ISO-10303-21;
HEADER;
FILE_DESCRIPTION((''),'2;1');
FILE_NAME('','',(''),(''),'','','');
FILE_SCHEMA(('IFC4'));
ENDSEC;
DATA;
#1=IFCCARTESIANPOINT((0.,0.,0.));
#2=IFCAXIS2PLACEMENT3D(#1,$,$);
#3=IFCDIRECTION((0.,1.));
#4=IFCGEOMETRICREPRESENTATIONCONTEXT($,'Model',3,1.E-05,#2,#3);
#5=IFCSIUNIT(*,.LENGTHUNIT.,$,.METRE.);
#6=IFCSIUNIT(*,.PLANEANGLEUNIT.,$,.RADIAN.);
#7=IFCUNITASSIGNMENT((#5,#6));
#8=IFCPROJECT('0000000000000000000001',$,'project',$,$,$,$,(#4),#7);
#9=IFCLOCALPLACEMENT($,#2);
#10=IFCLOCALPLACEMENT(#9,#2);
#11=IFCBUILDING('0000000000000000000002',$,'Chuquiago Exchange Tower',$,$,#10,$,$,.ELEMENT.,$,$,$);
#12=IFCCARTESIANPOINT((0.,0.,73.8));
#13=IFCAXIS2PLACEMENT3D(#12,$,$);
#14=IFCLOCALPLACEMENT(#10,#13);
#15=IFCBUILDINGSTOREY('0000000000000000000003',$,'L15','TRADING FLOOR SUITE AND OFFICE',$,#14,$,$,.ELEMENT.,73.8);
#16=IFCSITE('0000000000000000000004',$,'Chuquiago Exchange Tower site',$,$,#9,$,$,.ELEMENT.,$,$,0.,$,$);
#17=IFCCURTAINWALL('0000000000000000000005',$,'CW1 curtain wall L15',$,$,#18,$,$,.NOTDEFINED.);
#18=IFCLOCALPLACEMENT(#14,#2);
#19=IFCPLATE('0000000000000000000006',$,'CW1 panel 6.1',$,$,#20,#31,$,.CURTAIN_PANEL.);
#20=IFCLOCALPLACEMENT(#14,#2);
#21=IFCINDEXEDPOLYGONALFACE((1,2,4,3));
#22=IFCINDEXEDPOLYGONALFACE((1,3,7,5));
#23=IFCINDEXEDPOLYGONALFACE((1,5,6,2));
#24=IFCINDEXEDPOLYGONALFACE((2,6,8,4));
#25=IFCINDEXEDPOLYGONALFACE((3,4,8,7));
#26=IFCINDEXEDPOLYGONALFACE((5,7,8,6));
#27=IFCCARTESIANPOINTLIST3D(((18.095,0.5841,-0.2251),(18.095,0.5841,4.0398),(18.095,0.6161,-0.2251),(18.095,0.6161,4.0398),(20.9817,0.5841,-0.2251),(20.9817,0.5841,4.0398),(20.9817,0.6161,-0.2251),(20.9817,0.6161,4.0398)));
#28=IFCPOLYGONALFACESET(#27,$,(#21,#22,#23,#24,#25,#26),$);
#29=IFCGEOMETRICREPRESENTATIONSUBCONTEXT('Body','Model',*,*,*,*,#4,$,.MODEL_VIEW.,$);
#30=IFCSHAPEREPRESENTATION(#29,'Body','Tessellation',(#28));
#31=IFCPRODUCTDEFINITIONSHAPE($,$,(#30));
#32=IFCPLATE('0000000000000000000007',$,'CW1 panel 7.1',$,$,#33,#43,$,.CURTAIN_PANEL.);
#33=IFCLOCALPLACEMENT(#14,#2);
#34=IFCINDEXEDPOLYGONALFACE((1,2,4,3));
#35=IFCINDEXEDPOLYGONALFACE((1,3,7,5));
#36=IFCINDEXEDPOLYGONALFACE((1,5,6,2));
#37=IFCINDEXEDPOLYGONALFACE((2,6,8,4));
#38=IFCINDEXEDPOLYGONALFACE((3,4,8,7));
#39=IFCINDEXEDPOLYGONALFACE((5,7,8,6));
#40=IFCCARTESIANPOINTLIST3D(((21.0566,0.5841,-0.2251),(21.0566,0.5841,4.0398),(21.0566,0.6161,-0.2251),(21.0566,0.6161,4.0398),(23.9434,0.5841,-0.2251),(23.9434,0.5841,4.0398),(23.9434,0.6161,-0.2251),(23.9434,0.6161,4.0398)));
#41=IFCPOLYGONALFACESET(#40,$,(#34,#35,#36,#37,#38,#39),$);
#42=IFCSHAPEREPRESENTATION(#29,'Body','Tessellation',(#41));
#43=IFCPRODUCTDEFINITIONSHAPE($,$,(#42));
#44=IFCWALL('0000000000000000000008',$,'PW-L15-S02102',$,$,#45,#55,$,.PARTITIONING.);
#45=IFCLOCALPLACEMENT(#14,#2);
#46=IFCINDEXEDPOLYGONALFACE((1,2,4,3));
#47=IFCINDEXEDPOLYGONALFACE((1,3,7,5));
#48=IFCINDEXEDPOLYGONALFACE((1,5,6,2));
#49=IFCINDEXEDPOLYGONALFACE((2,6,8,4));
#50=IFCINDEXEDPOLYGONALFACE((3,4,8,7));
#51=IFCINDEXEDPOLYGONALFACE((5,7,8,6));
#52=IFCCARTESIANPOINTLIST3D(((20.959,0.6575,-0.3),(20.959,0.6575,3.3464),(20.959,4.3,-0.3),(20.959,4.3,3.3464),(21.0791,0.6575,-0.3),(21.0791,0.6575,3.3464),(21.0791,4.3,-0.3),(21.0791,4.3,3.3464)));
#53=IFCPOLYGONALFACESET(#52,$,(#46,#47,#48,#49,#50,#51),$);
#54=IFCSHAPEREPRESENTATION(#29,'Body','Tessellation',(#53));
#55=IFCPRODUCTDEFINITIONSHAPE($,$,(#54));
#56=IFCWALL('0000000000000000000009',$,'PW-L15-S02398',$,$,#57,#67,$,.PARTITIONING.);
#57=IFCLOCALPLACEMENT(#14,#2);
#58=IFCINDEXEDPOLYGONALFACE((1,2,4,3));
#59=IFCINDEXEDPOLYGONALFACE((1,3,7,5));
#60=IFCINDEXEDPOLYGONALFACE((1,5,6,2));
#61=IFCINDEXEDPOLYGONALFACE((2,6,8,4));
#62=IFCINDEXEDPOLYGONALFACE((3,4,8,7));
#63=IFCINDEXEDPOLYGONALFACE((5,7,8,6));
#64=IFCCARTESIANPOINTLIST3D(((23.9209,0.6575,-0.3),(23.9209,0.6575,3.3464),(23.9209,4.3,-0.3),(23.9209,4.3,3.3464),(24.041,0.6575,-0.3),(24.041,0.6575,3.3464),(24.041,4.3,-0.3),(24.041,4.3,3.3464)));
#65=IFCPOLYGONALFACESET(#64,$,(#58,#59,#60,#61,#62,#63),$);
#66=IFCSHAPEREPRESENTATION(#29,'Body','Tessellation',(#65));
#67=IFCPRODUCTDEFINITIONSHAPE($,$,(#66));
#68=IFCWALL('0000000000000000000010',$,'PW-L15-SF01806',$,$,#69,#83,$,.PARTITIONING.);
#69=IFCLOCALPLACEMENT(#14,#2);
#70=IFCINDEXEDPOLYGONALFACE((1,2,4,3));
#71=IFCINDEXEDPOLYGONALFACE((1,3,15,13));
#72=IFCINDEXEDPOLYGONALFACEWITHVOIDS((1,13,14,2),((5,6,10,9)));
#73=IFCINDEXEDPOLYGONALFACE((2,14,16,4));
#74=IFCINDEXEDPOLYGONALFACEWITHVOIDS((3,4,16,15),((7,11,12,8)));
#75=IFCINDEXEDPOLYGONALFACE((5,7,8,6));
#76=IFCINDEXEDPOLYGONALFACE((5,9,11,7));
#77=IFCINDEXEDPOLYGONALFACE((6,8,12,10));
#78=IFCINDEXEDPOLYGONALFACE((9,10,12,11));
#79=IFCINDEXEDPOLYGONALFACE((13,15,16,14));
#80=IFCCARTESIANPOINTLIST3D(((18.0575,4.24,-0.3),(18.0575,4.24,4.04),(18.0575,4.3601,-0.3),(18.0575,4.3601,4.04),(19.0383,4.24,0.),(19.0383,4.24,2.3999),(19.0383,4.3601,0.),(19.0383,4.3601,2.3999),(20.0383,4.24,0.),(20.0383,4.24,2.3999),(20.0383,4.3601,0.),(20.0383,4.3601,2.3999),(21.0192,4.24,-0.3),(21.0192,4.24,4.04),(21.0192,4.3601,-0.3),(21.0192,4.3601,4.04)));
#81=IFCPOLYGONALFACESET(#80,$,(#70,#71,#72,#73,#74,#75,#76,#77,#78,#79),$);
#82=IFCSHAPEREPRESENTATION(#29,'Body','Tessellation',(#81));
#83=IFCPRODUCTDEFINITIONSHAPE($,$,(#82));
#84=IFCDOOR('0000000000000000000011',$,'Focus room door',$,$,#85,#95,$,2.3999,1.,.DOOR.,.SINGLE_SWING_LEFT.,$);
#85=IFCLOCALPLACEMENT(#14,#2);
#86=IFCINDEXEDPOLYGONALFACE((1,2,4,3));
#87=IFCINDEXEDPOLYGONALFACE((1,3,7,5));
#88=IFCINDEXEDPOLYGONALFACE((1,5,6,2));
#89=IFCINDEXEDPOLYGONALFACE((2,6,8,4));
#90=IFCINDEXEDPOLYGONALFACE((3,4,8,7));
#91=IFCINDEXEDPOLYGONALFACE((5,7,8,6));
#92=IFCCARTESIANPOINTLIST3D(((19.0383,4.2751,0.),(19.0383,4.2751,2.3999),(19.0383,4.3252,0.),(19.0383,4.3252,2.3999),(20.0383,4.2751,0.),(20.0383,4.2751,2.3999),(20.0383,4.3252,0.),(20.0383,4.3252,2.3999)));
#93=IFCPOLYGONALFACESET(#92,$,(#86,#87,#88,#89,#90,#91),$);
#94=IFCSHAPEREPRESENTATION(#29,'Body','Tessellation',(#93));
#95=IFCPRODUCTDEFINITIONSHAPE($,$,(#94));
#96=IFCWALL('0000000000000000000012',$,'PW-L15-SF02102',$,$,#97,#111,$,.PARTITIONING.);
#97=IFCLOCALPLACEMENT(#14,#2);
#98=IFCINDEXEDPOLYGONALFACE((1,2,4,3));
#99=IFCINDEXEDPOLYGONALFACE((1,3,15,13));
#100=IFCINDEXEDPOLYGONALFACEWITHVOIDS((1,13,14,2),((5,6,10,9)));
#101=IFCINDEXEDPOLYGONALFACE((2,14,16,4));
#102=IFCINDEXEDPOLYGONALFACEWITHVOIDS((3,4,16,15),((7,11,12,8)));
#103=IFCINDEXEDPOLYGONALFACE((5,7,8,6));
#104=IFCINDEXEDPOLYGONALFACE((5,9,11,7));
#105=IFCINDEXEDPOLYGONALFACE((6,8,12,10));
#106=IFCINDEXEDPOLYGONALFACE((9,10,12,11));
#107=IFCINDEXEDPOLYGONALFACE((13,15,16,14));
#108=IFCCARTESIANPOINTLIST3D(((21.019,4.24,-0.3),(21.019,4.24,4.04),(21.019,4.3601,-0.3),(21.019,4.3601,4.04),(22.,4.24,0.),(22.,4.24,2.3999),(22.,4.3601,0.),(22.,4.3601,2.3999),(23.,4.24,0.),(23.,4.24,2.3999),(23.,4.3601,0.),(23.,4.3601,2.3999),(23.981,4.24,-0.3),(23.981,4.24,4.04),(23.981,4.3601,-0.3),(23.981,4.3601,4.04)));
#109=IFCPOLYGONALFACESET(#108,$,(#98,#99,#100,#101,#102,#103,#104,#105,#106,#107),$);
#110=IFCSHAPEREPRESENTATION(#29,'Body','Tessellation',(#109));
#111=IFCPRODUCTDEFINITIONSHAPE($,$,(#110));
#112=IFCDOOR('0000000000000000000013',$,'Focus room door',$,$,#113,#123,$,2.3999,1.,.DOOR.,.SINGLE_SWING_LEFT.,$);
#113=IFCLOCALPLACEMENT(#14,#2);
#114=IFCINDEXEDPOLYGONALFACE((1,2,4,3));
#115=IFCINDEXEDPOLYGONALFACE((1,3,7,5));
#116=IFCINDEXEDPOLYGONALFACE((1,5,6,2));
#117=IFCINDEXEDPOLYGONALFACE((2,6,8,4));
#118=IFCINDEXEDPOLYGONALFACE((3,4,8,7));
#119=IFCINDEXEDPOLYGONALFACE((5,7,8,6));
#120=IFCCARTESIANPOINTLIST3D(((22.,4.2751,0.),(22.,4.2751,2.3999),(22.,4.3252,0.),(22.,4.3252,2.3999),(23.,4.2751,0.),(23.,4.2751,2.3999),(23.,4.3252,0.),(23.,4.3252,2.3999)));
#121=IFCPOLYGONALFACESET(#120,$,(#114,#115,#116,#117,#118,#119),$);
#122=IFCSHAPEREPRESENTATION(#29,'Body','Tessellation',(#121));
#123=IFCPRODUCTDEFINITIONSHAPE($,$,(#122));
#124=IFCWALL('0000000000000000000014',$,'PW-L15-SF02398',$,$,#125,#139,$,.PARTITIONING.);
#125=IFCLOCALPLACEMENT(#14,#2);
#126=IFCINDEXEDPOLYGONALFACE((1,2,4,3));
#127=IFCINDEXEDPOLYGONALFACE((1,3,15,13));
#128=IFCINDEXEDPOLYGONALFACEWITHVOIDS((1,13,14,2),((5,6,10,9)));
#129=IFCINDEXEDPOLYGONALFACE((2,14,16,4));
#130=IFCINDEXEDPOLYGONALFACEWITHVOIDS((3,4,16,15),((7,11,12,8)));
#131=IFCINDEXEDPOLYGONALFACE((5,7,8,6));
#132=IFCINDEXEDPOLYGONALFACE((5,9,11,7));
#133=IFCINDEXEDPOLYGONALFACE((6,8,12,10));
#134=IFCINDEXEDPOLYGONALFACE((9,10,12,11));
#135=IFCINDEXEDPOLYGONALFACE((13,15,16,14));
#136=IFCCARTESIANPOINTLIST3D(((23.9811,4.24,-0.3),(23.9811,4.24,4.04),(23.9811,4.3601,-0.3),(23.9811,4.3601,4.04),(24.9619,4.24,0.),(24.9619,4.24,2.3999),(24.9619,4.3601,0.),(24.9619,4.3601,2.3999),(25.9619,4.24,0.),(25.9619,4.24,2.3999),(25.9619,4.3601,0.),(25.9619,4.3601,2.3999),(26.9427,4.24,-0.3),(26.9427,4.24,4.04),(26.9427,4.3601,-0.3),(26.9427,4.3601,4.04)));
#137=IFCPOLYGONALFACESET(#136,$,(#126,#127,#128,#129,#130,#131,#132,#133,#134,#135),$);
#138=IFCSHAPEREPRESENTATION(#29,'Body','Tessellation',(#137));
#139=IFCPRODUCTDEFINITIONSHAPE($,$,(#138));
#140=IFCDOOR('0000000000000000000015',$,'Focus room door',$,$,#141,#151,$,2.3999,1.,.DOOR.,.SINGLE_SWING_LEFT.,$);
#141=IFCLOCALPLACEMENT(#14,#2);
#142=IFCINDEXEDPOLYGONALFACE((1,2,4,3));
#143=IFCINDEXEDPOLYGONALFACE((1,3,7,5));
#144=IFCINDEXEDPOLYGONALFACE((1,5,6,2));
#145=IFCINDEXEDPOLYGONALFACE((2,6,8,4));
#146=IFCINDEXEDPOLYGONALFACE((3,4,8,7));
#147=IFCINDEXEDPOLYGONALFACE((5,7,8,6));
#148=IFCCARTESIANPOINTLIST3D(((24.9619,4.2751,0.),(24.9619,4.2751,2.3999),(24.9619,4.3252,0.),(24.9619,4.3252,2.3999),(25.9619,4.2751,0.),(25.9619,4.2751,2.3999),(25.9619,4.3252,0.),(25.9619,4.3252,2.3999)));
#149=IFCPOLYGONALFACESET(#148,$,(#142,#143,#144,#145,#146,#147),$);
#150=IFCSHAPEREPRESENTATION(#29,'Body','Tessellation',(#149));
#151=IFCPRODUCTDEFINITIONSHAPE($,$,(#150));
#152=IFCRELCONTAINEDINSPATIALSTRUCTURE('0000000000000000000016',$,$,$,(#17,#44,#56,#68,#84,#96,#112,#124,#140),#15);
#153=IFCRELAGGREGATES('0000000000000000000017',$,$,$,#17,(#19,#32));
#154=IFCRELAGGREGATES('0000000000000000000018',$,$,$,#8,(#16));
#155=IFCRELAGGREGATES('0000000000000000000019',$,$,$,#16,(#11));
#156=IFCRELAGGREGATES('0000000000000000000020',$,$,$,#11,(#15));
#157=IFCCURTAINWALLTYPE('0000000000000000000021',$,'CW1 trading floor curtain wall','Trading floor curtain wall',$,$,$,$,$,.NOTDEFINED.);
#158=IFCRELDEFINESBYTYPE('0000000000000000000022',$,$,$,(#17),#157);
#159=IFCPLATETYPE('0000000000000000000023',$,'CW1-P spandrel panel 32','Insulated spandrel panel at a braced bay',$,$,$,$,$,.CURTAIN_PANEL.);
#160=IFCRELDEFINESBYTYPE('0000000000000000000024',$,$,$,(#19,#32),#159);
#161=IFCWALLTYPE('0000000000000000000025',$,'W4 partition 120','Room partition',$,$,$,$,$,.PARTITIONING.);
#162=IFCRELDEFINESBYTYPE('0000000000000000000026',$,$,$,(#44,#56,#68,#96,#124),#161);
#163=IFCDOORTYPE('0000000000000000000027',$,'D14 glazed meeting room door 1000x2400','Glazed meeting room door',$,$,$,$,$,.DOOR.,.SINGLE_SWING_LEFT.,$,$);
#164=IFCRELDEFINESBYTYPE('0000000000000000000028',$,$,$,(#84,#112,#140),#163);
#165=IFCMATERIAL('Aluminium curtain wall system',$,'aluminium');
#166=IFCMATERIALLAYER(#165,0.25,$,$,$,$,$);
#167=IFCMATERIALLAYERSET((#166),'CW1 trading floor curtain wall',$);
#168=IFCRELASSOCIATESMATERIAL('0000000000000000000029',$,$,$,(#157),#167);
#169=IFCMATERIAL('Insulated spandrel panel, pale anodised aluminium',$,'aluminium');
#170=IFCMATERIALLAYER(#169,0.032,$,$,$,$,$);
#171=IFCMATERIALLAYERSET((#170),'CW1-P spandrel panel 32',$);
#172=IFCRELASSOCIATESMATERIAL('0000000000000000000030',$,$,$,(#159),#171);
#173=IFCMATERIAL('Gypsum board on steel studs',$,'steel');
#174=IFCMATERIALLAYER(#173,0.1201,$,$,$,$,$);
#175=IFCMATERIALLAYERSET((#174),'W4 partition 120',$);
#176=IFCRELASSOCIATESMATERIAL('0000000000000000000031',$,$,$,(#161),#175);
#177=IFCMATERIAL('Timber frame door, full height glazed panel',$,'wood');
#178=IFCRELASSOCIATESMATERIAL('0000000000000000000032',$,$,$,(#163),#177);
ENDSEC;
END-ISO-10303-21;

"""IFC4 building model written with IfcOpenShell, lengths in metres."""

from ifc_helpers import new_model, si_unit, direction, frame, frame_2d, origin, origin_2d, place, context, subcontext, project, spatial, rectangle, extrude, material, layer, layer_set, type_object, element, fill, aggregate, save


model = new_model("IFC4")

# Units and contexts
model_context = context("Model", 3, precision=1e-05, world=origin(), true_north=direction((0.0, 1.0)))
body_context = subcontext(model_context, "Body", "Model", "MODEL_VIEW")
ifc_project = project(units=[si_unit("LENGTHUNIT", "METRE"), si_unit("PLANEANGLEUNIT", "RADIAN")], contexts=[model_context])

# Site, building, storey
site_placement = place(None, origin())
site = spatial("IfcSite", under=ifc_project, at=site_placement, Name="Chuquiago Exchange Tower site", CompositionType="ELEMENT", RefElevation=0.0)
building_placement = place(site_placement, origin())
building = spatial("IfcBuilding", under=site, at=building_placement, Name="Chuquiago Exchange Tower", CompositionType="ELEMENT")
storey_placement = place(building_placement, frame((0.0, 0.0, 73.8)))
storey = spatial("IfcBuildingStorey", under=building, at=storey_placement, Name="L15", Description="TRADING FLOOR SUITE AND OFFICE", CompositionType="ELEMENT", Elevation=73.8)

# Curtain wall
ifc_material_1 = material(Name="Aluminium curtain wall system", Category="aluminium")
ifc_layer_1 = layer(ifc_material_1, 0.25)
ifc_layer_set_1 = layer_set([ifc_layer_1], Name="CW1 trading floor curtain wall")
curtain_wall_type = type_object("IfcCurtainWallType", Name="CW1 trading floor curtain wall", Description="Trading floor curtain wall", PredefinedType="NOTDEFINED", material=ifc_layer_set_1)
curtain_wall_placement = place(storey_placement, origin())
curtain_wall = element("IfcCurtainWall", 1, at=curtain_wall_placement, inside=storey, type_object=curtain_wall_type, Name="CW1 curtain wall L15", PredefinedType="NOTDEFINED")

# Plates
ifc_material_2 = material(Name="Insulated spandrel panel, pale anodised aluminium", Category="aluminium")
ifc_layer_2 = layer(ifc_material_2, 0.032)
ifc_layer_set_2 = layer_set([ifc_layer_2], Name="CW1-P spandrel panel 32")
plate_type_1 = type_object("IfcPlateType", Name="CW1-P spandrel panel 32", Description="Insulated spandrel panel at a braced bay", PredefinedType="CURTAIN_PANEL", material=ifc_layer_set_2)
plate_1_placement = place(storey_placement, frame((19.5383, 0.6001, -0.2251), z_axis=(0.0, 0.0, 1.0), x_axis=(1.0, 0.0, 0.0)))
plate_1 = element("IfcPlate", 2, at=plate_1_placement, type_object=plate_type_1, Name="CW1 panel 6.1", PredefinedType="CURTAIN_PANEL", context=body_context, shape_type="SweptSolid", body=[
    extrude(rectangle(XDim=2.8867, YDim=0.032, at=origin_2d()), origin(), (0.0, 0.0, 1.0), 4.2649),
])
plate_2_placement = place(storey_placement, frame((22.5, 0.6001, -0.2251), z_axis=(0.0, 0.0, 1.0), x_axis=(1.0, 0.0, 0.0)))
plate_2 = element("IfcPlate", 3, at=plate_2_placement, type_object=plate_type_1, Name="CW1 panel 7.1", PredefinedType="CURTAIN_PANEL", context=body_context, shape_type="SweptSolid", body=[
    extrude(rectangle(XDim=2.8867, YDim=0.032, at=origin_2d()), origin(), (0.0, 0.0, 1.0), 4.2649),
])
aggregate(curtain_wall, [plate_1, plate_2])

# Walls
ifc_material_3 = material(Name="Gypsum board on steel studs", Category="steel")
ifc_layer_3 = layer(ifc_material_3, 0.1201)
ifc_layer_set_3 = layer_set([ifc_layer_3], Name="W4 partition 120")
wall_type = type_object("IfcWallType", Name="W4 partition 120", Description="Room partition", PredefinedType="PARTITIONING", material=ifc_layer_set_3)
for number, where, z_axis, x_axis, name in (
    (4, (21.019, 0.6575, -0.3), (0.0, 0.0, 1.0), (0.0, 1.0, 0.0), "PW-L15-S02102"),
    (5, (23.981, 0.6575, -0.3), (0.0, 0.0, 1.0), (0.0, 1.0, 0.0), "PW-L15-S02398"),
):
    element("IfcWall", number, at=place(storey_placement, frame(where, z_axis=z_axis, x_axis=x_axis)), inside=storey, type_object=wall_type, Name=name, PredefinedType="PARTITIONING", context=body_context, shape_type="SweptSolid", body=[
        extrude(rectangle(XDim=3.6426, YDim=0.1201, at=frame_2d((1.8213, 0.0))), origin(), (0.0, 0.0, 1.0), 3.6465),
    ])

# Walls, openings, doors
wall_1_placement = place(storey_placement, frame((18.0574, 4.3, -0.3), z_axis=(0.0, 0.0, 1.0), x_axis=(1.0, 0.0, 0.0)))
wall_1 = element("IfcWall", 6, at=wall_1_placement, inside=storey, type_object=wall_type, Name="PW-L15-SF01806", PredefinedType="PARTITIONING", context=body_context, shape_type="SweptSolid", body=[
    extrude(rectangle(XDim=2.9617, YDim=0.1201, at=frame_2d((1.481, 0.0))), origin(), (0.0, 0.0, 1.0), 4.3401),
])
opening_1_placement = place(wall_1_placement, frame((0.981, 0.0, 0.3)))
opening_1 = element("IfcOpeningElement", 7, at=opening_1_placement, cuts=wall_1, PredefinedType="OPENING", context=body_context, shape_type="SweptSolid", body=[
    extrude(rectangle(XDim=1.0, YDim=2.3999, at=frame_2d((0.5, 1.2))), frame((0.0, 0.0701, 0.0), z_axis=(0.0, -1.0, 0.0), x_axis=(1.0, 0.0, 0.0)), (0.0, 0.0, 1.0), 0.1401),
])
ifc_material_4 = material(Name="Timber frame door, full height glazed panel", Category="wood")
door_type = type_object("IfcDoorType", Name="D14 glazed meeting room door 1000x2400", Description="Glazed meeting room door", OperationType="SINGLE_SWING_LEFT", PredefinedType="DOOR", material=ifc_material_4)
door_1_placement = place(opening_1_placement, frame((1.0, 0.0, 0.0), z_axis=(0.0, 0.0, 1.0), x_axis=(-1.0, 0.0, 0.0)))
door_1 = element("IfcDoor", 8, at=door_1_placement, inside=storey, type_object=door_type, Name="Focus room door", OperationType="SINGLE_SWING_LEFT", OverallHeight=2.3999, OverallWidth=1.0, PredefinedType="DOOR", context=body_context, shape_type="SweptSolid", body=[
    extrude(rectangle(XDim=1.0, YDim=2.3999, at=frame_2d((0.5, 1.2))), frame((0.0, 0.0249, 0.0), z_axis=(0.0, -1.0, 0.0), x_axis=(1.0, 0.0, 0.0)), (0.0, 0.0, 1.0), 0.05),
])
fill(opening_1, door_1)
wall_2_placement = place(storey_placement, frame((21.019, 4.3, -0.3), z_axis=(0.0, 0.0, 1.0), x_axis=(1.0, 0.0, 0.0)))
wall_2 = element("IfcWall", 9, at=wall_2_placement, inside=storey, type_object=wall_type, Name="PW-L15-SF02102", PredefinedType="PARTITIONING", context=body_context, shape_type="SweptSolid", body=[
    extrude(rectangle(XDim=2.9619, YDim=0.1201, at=frame_2d((1.481, 0.0))), origin(), (0.0, 0.0, 1.0), 4.3401),
])
opening_2_placement = place(wall_2_placement, frame((0.981, 0.0, 0.3)))
opening_2 = element("IfcOpeningElement", 10, at=opening_2_placement, cuts=wall_2, PredefinedType="OPENING", context=body_context, shape_type="SweptSolid", body=[
    extrude(rectangle(XDim=1.0, YDim=2.3999, at=frame_2d((0.5, 1.2))), frame((0.0, 0.0701, 0.0), z_axis=(0.0, -1.0, 0.0), x_axis=(1.0, 0.0, 0.0)), (0.0, 0.0, 1.0), 0.1401),
])
door_2_placement = place(opening_2_placement, frame((1.0, 0.0, 0.0), z_axis=(0.0, 0.0, 1.0), x_axis=(-1.0, 0.0, 0.0)))
door_2 = element("IfcDoor", 11, at=door_2_placement, inside=storey, type_object=door_type, Name="Focus room door", OperationType="SINGLE_SWING_LEFT", OverallHeight=2.3999, OverallWidth=1.0, PredefinedType="DOOR", context=body_context, shape_type="SweptSolid", body=[
    extrude(rectangle(XDim=1.0, YDim=2.3999, at=frame_2d((0.5, 1.2))), frame((0.0, 0.0249, 0.0), z_axis=(0.0, -1.0, 0.0), x_axis=(1.0, 0.0, 0.0)), (0.0, 0.0, 1.0), 0.05),
])
fill(opening_2, door_2)
wall_3_placement = place(storey_placement, frame((23.981, 4.3, -0.3), z_axis=(0.0, 0.0, 1.0), x_axis=(1.0, 0.0, 0.0)))
wall_3 = element("IfcWall", 12, at=wall_3_placement, inside=storey, type_object=wall_type, Name="PW-L15-SF02398", PredefinedType="PARTITIONING", context=body_context, shape_type="SweptSolid", body=[
    extrude(rectangle(XDim=2.9617, YDim=0.1201, at=frame_2d((1.481, 0.0))), origin(), (0.0, 0.0, 1.0), 4.3401),
])
opening_3_placement = place(wall_3_placement, frame((0.981, 0.0, 0.3)))
opening_3 = element("IfcOpeningElement", 13, at=opening_3_placement, cuts=wall_3, PredefinedType="OPENING", context=body_context, shape_type="SweptSolid", body=[
    extrude(rectangle(XDim=1.0, YDim=2.3999, at=frame_2d((0.5, 1.2))), frame((0.0, 0.0701, 0.0), z_axis=(0.0, -1.0, 0.0), x_axis=(1.0, 0.0, 0.0)), (0.0, 0.0, 1.0), 0.1401),
])
door_3_placement = place(opening_3_placement, frame((1.0, 0.0, 0.0), z_axis=(0.0, 0.0, 1.0), x_axis=(-1.0, 0.0, 0.0)))
door_3 = element("IfcDoor", 14, at=door_3_placement, inside=storey, type_object=door_type, Name="Focus room door", OperationType="SINGLE_SWING_LEFT", OverallHeight=2.3999, OverallWidth=1.0, PredefinedType="DOOR", context=body_context, shape_type="SweptSolid", body=[
    extrude(rectangle(XDim=1.0, YDim=2.3999, at=frame_2d((0.5, 1.2))), frame((0.0, 0.0249, 0.0), z_axis=(0.0, -1.0, 0.0), x_axis=(1.0, 0.0, 0.0)), (0.0, 0.0, 1.0), 0.05),
])
fill(opening_3, door_3)

save(model, "model.ifc")
